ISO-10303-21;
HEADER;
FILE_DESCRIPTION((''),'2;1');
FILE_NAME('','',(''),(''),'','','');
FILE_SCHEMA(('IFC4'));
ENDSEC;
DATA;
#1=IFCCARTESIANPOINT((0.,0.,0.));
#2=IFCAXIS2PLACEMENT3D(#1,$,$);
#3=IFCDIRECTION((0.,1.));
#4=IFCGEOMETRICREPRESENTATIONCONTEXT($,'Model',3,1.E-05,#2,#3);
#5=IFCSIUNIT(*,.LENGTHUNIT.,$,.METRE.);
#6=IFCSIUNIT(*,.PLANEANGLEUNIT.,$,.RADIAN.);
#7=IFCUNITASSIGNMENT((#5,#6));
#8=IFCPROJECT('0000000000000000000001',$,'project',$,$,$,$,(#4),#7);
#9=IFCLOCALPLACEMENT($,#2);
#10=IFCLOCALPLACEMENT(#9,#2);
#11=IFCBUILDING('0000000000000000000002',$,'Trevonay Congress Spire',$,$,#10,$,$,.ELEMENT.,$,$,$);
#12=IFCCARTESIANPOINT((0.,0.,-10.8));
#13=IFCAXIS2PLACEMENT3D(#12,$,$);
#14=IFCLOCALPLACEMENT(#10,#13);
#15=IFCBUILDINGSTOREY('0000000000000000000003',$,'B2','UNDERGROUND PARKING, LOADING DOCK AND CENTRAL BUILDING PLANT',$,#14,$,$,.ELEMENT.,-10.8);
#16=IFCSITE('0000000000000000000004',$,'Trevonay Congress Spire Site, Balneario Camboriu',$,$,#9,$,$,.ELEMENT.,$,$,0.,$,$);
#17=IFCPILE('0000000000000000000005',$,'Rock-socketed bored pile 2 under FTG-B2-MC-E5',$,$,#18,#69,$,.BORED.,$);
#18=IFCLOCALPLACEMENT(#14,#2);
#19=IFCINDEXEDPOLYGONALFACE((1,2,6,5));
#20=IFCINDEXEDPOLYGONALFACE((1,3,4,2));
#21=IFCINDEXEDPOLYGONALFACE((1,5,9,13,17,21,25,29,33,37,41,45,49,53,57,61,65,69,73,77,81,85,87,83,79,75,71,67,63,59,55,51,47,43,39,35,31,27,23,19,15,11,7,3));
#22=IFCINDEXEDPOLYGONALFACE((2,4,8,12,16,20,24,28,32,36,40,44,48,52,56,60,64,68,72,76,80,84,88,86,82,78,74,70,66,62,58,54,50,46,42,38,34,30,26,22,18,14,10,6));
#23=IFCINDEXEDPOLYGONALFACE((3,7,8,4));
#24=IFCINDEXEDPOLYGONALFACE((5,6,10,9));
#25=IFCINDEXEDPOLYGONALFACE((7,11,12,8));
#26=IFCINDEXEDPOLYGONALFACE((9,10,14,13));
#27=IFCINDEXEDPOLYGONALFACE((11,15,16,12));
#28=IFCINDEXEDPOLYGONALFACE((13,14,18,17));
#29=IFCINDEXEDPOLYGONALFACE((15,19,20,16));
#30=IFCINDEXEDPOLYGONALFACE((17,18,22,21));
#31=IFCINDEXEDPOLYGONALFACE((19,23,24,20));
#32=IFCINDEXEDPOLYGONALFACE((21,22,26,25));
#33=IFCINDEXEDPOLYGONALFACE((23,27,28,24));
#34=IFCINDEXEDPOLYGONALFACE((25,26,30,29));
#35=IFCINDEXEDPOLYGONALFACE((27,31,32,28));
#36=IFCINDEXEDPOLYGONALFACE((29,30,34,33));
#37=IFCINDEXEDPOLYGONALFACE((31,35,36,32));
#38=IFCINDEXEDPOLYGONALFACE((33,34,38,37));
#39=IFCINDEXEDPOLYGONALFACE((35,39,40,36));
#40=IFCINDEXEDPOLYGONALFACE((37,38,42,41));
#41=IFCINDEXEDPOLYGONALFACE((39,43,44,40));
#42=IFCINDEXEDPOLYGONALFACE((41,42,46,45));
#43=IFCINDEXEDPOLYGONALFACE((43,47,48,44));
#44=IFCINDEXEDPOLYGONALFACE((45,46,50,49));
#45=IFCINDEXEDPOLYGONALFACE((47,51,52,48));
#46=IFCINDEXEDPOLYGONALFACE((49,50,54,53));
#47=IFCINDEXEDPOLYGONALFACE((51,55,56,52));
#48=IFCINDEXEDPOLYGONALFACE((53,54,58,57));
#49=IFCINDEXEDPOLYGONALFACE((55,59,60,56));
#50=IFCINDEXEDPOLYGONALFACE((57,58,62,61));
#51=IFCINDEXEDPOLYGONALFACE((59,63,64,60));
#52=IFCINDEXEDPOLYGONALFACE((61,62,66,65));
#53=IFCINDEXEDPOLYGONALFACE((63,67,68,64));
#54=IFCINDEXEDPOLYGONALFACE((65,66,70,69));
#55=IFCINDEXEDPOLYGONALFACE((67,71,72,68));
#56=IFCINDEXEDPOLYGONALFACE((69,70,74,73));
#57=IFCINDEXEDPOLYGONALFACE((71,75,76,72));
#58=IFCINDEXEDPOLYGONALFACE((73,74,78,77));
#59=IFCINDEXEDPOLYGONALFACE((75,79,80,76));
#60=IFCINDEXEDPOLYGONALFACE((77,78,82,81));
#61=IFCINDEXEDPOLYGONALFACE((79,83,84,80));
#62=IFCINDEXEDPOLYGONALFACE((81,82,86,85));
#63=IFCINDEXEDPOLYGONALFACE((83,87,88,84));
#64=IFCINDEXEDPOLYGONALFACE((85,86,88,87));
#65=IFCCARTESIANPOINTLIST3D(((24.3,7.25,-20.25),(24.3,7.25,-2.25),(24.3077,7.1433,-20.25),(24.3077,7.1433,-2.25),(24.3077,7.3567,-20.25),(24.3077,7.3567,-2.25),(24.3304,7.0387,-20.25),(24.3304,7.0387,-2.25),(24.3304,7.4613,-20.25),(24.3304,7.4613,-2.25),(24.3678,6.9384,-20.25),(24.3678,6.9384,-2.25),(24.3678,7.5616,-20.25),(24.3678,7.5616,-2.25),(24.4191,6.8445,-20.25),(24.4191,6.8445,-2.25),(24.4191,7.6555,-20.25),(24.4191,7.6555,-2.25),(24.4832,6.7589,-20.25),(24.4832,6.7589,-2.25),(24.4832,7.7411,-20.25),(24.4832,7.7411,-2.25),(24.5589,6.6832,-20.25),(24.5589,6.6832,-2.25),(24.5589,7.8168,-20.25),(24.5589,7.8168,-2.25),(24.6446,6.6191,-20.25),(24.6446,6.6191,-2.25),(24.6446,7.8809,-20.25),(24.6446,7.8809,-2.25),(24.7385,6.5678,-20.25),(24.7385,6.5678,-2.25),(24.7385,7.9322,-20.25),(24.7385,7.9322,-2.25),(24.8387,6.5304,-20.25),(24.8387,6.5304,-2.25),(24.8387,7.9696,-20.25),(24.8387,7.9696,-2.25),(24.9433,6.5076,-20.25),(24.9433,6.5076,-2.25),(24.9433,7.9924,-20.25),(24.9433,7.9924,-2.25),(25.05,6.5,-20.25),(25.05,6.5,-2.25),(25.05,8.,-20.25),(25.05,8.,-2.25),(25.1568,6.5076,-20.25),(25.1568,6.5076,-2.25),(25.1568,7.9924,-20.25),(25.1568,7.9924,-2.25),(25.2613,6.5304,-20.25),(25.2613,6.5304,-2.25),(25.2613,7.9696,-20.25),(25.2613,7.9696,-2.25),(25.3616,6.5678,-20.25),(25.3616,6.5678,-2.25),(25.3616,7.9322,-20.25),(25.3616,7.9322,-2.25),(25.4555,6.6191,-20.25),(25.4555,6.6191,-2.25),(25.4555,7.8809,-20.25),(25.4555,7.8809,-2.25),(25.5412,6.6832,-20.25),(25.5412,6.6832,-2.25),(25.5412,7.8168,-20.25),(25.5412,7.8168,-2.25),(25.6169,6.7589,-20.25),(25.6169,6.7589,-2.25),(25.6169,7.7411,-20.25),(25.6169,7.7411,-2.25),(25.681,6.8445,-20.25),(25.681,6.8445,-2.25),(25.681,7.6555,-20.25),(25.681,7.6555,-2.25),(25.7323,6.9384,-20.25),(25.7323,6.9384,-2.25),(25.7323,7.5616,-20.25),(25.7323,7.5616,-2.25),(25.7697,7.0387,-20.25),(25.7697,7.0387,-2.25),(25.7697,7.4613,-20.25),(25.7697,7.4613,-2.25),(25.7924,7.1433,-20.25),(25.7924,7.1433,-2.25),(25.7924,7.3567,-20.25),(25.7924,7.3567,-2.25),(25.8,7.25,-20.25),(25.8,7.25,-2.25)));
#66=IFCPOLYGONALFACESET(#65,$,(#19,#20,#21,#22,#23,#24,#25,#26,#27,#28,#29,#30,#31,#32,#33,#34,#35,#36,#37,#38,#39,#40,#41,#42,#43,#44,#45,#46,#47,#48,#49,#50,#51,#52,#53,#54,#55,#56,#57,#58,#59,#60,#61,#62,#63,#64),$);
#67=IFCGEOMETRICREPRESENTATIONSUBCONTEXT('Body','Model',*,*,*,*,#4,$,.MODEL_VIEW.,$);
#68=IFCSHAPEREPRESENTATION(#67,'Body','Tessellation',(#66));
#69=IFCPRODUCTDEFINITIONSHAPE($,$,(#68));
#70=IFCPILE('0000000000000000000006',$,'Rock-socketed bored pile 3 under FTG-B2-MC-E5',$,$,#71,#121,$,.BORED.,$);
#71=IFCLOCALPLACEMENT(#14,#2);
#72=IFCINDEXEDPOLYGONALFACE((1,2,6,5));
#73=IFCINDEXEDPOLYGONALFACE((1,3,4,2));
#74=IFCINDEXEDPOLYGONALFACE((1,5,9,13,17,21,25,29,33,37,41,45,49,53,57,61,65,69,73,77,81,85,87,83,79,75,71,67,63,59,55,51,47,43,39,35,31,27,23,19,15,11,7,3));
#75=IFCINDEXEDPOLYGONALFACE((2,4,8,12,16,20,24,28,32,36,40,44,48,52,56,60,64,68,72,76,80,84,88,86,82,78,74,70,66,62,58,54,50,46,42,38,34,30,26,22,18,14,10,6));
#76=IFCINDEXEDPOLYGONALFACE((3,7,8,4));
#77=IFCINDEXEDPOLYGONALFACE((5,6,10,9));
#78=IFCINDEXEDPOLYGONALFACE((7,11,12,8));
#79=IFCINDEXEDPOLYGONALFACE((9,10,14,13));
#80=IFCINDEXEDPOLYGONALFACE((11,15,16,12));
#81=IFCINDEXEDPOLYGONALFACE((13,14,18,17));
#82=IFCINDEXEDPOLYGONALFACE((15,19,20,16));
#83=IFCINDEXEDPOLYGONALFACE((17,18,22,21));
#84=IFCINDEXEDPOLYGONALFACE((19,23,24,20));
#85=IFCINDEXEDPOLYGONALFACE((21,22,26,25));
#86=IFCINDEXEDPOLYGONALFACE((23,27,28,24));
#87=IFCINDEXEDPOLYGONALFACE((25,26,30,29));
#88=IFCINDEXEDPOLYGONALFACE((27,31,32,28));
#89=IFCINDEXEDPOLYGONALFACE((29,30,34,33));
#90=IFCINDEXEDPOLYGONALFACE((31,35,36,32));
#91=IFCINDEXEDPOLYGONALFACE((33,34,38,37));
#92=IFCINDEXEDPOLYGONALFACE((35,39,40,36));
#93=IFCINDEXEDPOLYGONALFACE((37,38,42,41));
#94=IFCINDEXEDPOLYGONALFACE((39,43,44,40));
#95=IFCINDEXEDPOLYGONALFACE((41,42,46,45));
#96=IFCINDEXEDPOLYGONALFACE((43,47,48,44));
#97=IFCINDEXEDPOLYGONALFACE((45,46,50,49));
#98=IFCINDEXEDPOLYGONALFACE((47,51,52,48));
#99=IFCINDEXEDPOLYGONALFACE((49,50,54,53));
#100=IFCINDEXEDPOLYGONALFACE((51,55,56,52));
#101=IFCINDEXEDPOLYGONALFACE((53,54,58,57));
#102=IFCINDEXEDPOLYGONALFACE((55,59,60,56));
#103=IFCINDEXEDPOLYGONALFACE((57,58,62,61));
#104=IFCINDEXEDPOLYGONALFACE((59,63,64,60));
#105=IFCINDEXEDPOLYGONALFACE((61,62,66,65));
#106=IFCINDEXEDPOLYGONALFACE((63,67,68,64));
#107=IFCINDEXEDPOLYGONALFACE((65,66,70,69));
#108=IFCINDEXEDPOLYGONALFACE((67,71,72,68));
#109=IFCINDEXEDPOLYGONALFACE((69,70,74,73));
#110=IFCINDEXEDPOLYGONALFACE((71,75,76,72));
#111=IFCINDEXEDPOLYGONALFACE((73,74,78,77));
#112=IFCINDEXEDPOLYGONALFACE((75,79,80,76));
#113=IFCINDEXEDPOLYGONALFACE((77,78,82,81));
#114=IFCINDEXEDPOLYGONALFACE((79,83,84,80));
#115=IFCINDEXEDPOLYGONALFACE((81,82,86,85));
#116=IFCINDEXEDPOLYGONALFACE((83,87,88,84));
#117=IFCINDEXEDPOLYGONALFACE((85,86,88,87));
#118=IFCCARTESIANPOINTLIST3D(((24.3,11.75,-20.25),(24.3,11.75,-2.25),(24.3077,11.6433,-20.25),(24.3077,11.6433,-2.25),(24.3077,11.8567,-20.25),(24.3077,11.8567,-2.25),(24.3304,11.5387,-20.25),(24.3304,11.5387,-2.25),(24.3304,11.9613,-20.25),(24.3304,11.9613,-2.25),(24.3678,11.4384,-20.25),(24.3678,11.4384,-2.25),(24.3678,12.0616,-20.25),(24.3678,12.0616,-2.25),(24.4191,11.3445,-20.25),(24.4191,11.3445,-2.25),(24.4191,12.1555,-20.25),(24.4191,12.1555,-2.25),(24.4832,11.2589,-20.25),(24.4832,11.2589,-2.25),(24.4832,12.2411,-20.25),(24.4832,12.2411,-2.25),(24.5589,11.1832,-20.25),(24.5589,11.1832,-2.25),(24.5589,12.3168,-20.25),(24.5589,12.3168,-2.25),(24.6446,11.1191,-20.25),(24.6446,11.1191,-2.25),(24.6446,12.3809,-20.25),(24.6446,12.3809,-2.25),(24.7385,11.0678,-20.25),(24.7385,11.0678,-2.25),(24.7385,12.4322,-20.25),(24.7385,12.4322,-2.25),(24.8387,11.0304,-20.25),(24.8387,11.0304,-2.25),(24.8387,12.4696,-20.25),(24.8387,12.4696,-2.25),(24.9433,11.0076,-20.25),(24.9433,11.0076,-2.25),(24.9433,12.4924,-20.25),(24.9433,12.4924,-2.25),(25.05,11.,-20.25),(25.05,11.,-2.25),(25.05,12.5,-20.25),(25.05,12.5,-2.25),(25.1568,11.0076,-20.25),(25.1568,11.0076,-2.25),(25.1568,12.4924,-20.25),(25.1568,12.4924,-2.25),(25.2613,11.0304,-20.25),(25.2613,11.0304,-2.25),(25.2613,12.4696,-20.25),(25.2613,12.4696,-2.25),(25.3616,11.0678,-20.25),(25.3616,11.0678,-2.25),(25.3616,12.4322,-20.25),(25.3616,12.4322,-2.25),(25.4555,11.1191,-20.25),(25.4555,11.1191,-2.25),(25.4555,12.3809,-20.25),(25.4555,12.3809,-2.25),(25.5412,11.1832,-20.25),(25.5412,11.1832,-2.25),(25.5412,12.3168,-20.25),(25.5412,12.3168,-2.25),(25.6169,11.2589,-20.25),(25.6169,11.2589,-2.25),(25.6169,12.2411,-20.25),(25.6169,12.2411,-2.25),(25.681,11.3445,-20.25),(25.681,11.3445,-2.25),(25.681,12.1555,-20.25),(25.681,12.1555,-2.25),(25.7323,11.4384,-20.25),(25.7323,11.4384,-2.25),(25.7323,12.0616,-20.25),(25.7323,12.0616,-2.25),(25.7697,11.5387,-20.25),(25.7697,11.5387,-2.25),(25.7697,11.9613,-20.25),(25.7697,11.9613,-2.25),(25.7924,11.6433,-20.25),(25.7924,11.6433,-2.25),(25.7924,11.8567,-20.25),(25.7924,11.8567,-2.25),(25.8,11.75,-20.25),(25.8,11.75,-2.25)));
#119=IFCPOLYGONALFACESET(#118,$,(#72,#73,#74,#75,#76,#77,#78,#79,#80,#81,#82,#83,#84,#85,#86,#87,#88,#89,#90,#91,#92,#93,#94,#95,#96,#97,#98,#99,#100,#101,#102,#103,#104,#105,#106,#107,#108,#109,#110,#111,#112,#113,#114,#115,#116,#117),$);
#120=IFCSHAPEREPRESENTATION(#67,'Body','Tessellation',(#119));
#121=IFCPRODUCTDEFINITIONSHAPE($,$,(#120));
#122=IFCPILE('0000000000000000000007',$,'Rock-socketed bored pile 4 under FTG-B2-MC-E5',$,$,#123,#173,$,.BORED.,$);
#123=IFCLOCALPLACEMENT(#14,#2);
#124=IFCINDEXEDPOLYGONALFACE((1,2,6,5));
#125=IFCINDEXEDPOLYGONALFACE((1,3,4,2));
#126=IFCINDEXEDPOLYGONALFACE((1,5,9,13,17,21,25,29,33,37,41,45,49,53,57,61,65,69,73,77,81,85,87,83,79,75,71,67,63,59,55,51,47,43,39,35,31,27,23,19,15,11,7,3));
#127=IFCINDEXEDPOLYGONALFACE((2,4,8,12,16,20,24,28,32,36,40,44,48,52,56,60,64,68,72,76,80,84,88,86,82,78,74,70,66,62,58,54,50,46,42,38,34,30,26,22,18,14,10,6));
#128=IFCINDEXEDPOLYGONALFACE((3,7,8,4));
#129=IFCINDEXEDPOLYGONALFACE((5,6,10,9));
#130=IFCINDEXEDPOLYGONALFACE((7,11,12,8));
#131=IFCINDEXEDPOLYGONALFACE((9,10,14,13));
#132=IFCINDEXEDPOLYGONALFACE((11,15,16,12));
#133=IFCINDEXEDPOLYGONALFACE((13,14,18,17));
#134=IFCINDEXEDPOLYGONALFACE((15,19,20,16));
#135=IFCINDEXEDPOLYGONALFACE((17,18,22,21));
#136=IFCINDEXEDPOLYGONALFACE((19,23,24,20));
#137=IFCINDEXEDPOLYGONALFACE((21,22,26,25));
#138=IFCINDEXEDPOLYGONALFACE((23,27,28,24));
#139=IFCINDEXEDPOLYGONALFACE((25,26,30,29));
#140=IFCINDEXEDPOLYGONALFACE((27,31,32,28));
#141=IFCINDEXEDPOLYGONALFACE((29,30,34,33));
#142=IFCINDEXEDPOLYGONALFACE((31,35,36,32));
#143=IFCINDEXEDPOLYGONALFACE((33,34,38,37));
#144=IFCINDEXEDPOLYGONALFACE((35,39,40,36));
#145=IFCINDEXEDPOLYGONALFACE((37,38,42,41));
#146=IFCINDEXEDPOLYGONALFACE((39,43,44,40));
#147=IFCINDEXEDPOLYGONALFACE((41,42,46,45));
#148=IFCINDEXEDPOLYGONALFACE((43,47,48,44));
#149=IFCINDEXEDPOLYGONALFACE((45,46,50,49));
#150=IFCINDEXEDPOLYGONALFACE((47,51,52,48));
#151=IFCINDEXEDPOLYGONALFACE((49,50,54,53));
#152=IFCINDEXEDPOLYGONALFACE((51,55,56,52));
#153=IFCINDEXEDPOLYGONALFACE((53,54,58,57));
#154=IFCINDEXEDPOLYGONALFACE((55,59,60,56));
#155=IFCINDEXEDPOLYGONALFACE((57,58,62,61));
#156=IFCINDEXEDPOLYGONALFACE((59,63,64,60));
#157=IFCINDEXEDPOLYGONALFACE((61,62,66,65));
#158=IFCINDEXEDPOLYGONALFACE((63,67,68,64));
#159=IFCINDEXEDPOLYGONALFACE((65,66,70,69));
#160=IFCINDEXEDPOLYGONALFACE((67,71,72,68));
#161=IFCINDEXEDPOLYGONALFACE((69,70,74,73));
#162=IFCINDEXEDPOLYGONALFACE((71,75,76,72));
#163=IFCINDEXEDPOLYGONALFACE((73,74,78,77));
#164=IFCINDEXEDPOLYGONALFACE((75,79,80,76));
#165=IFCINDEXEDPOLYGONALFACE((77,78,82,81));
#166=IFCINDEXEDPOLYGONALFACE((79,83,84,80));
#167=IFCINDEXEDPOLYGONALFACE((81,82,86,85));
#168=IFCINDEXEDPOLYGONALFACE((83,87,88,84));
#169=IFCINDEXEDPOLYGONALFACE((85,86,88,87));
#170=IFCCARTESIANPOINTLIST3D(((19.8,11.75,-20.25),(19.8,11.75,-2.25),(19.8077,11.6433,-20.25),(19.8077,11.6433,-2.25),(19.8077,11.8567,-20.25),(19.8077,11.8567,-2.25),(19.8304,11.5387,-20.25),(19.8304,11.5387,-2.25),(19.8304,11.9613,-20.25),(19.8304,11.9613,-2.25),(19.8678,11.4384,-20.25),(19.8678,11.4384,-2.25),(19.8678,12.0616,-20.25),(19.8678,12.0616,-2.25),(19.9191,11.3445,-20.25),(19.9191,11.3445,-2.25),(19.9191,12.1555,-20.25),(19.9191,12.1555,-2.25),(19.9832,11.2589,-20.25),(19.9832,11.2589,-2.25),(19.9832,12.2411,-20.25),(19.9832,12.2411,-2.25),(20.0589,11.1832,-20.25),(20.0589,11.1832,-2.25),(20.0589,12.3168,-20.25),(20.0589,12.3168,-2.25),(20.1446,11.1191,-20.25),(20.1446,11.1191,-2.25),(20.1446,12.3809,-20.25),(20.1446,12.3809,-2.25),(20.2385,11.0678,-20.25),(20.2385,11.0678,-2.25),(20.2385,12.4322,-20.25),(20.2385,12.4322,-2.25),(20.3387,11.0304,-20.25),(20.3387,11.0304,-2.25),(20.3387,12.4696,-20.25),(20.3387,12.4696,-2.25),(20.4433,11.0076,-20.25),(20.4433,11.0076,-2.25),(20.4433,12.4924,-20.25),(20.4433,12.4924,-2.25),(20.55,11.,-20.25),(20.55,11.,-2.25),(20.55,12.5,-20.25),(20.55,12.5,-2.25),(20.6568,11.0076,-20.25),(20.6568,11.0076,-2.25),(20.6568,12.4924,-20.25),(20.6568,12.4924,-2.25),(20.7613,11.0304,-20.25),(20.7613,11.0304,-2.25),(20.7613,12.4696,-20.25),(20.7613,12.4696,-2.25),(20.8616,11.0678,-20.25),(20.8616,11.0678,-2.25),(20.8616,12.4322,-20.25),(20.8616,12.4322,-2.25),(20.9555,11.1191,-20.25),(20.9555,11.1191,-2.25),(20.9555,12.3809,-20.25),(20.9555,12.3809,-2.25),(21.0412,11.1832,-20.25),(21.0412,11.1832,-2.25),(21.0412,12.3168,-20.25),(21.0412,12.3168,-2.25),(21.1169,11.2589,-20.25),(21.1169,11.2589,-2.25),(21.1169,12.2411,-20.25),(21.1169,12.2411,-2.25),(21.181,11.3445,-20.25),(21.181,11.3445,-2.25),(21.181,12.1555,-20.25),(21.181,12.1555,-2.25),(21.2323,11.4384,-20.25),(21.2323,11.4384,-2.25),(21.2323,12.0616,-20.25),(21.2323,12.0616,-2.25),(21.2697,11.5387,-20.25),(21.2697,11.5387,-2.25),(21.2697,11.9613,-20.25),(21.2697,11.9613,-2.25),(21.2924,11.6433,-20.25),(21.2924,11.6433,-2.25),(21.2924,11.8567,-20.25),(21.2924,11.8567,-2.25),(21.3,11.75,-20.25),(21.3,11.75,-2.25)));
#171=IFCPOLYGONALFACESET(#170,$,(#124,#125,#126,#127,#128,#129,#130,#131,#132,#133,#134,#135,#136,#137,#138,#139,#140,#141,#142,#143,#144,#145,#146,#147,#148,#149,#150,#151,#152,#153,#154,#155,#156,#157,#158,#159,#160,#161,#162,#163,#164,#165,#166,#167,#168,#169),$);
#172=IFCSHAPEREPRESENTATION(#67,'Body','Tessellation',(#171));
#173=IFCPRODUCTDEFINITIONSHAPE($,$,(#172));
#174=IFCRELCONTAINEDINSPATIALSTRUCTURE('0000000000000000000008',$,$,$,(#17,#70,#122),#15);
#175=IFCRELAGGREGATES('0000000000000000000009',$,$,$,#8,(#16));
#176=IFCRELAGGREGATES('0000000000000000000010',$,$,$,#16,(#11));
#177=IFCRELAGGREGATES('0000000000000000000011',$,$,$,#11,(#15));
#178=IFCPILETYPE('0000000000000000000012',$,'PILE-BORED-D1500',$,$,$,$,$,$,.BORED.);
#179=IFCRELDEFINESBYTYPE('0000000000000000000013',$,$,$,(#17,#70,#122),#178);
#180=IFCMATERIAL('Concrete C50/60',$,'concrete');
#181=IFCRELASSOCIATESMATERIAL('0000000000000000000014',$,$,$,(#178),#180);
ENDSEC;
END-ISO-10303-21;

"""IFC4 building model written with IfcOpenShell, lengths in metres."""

from ifc_helpers import new_model, si_unit, direction, frame, origin, origin_2d, place, context, subcontext, project, spatial, circle, extrude, material, material_profile, profile_set, type_object, element, save


model = new_model("IFC4")

# Units and contexts
model_context = context("Model", 3, precision=1e-05, world=origin(), true_north=direction((0.0, 1.0)))
body_context = subcontext(model_context, "Body", "Model", "MODEL_VIEW")
ifc_project = project(units=[si_unit("LENGTHUNIT", "METRE"), si_unit("PLANEANGLEUNIT", "RADIAN")], contexts=[model_context])

# Site, building, storey
site_placement = place(None, origin())
site = spatial("IfcSite", under=ifc_project, at=site_placement, Name="Trevonay Congress Spire Site, Balneario Camboriu", CompositionType="ELEMENT", RefElevation=0.0)
building_placement = place(site_placement, origin())
building = spatial("IfcBuilding", under=site, at=building_placement, Name="Trevonay Congress Spire", CompositionType="ELEMENT")
storey_placement = place(building_placement, frame((0.0, 0.0, -10.8)))
storey = spatial("IfcBuildingStorey", under=building, at=storey_placement, Name="B2", Description="UNDERGROUND PARKING, LOADING DOCK AND CENTRAL BUILDING PLANT", CompositionType="ELEMENT", Elevation=-10.8)

# Shared definitions
ifc_material_1 = material(Name="Concrete C50/60", Category="concrete")

# Piles
ifc_material_profile_1 = material_profile(ifc_material_1, circle(Radius=0.75, at=origin_2d()), Name="PILE D1500")
ifc_profile_set_1 = profile_set([ifc_material_profile_1], Name="Concrete C50/60")
pile_type = type_object("IfcPileType", Name="PILE-BORED-D1500", PredefinedType="BORED", material=ifc_profile_set_1)
for number, where, z_axis, x_axis, name in (
    (1, (25.05, 7.25, -2.25), (0.0, 0.0, -1.0), (1.0, 0.0, 0.0), "Rock-socketed bored pile 2 under FTG-B2-MC-E5"),
    (2, (25.05, 11.75, -2.25), (0.0, 0.0, -1.0), (1.0, 0.0, 0.0), "Rock-socketed bored pile 3 under FTG-B2-MC-E5"),
    (3, (20.55, 11.75, -2.25), (0.0, 0.0, -1.0), (1.0, 0.0, 0.0), "Rock-socketed bored pile 4 under FTG-B2-MC-E5"),
):
    element("IfcPile", number, at=place(storey_placement, frame(where, z_axis=z_axis, x_axis=x_axis)), inside=storey, type_object=pile_type, Name=name, PredefinedType="BORED", context=body_context, shape_type="SweptSolid", body=[
        extrude(circle(Radius=0.75, at=origin_2d()), origin(), (0.0, 0.0, 1.0), 18.0),
    ])

save(model, "model.ifc")
